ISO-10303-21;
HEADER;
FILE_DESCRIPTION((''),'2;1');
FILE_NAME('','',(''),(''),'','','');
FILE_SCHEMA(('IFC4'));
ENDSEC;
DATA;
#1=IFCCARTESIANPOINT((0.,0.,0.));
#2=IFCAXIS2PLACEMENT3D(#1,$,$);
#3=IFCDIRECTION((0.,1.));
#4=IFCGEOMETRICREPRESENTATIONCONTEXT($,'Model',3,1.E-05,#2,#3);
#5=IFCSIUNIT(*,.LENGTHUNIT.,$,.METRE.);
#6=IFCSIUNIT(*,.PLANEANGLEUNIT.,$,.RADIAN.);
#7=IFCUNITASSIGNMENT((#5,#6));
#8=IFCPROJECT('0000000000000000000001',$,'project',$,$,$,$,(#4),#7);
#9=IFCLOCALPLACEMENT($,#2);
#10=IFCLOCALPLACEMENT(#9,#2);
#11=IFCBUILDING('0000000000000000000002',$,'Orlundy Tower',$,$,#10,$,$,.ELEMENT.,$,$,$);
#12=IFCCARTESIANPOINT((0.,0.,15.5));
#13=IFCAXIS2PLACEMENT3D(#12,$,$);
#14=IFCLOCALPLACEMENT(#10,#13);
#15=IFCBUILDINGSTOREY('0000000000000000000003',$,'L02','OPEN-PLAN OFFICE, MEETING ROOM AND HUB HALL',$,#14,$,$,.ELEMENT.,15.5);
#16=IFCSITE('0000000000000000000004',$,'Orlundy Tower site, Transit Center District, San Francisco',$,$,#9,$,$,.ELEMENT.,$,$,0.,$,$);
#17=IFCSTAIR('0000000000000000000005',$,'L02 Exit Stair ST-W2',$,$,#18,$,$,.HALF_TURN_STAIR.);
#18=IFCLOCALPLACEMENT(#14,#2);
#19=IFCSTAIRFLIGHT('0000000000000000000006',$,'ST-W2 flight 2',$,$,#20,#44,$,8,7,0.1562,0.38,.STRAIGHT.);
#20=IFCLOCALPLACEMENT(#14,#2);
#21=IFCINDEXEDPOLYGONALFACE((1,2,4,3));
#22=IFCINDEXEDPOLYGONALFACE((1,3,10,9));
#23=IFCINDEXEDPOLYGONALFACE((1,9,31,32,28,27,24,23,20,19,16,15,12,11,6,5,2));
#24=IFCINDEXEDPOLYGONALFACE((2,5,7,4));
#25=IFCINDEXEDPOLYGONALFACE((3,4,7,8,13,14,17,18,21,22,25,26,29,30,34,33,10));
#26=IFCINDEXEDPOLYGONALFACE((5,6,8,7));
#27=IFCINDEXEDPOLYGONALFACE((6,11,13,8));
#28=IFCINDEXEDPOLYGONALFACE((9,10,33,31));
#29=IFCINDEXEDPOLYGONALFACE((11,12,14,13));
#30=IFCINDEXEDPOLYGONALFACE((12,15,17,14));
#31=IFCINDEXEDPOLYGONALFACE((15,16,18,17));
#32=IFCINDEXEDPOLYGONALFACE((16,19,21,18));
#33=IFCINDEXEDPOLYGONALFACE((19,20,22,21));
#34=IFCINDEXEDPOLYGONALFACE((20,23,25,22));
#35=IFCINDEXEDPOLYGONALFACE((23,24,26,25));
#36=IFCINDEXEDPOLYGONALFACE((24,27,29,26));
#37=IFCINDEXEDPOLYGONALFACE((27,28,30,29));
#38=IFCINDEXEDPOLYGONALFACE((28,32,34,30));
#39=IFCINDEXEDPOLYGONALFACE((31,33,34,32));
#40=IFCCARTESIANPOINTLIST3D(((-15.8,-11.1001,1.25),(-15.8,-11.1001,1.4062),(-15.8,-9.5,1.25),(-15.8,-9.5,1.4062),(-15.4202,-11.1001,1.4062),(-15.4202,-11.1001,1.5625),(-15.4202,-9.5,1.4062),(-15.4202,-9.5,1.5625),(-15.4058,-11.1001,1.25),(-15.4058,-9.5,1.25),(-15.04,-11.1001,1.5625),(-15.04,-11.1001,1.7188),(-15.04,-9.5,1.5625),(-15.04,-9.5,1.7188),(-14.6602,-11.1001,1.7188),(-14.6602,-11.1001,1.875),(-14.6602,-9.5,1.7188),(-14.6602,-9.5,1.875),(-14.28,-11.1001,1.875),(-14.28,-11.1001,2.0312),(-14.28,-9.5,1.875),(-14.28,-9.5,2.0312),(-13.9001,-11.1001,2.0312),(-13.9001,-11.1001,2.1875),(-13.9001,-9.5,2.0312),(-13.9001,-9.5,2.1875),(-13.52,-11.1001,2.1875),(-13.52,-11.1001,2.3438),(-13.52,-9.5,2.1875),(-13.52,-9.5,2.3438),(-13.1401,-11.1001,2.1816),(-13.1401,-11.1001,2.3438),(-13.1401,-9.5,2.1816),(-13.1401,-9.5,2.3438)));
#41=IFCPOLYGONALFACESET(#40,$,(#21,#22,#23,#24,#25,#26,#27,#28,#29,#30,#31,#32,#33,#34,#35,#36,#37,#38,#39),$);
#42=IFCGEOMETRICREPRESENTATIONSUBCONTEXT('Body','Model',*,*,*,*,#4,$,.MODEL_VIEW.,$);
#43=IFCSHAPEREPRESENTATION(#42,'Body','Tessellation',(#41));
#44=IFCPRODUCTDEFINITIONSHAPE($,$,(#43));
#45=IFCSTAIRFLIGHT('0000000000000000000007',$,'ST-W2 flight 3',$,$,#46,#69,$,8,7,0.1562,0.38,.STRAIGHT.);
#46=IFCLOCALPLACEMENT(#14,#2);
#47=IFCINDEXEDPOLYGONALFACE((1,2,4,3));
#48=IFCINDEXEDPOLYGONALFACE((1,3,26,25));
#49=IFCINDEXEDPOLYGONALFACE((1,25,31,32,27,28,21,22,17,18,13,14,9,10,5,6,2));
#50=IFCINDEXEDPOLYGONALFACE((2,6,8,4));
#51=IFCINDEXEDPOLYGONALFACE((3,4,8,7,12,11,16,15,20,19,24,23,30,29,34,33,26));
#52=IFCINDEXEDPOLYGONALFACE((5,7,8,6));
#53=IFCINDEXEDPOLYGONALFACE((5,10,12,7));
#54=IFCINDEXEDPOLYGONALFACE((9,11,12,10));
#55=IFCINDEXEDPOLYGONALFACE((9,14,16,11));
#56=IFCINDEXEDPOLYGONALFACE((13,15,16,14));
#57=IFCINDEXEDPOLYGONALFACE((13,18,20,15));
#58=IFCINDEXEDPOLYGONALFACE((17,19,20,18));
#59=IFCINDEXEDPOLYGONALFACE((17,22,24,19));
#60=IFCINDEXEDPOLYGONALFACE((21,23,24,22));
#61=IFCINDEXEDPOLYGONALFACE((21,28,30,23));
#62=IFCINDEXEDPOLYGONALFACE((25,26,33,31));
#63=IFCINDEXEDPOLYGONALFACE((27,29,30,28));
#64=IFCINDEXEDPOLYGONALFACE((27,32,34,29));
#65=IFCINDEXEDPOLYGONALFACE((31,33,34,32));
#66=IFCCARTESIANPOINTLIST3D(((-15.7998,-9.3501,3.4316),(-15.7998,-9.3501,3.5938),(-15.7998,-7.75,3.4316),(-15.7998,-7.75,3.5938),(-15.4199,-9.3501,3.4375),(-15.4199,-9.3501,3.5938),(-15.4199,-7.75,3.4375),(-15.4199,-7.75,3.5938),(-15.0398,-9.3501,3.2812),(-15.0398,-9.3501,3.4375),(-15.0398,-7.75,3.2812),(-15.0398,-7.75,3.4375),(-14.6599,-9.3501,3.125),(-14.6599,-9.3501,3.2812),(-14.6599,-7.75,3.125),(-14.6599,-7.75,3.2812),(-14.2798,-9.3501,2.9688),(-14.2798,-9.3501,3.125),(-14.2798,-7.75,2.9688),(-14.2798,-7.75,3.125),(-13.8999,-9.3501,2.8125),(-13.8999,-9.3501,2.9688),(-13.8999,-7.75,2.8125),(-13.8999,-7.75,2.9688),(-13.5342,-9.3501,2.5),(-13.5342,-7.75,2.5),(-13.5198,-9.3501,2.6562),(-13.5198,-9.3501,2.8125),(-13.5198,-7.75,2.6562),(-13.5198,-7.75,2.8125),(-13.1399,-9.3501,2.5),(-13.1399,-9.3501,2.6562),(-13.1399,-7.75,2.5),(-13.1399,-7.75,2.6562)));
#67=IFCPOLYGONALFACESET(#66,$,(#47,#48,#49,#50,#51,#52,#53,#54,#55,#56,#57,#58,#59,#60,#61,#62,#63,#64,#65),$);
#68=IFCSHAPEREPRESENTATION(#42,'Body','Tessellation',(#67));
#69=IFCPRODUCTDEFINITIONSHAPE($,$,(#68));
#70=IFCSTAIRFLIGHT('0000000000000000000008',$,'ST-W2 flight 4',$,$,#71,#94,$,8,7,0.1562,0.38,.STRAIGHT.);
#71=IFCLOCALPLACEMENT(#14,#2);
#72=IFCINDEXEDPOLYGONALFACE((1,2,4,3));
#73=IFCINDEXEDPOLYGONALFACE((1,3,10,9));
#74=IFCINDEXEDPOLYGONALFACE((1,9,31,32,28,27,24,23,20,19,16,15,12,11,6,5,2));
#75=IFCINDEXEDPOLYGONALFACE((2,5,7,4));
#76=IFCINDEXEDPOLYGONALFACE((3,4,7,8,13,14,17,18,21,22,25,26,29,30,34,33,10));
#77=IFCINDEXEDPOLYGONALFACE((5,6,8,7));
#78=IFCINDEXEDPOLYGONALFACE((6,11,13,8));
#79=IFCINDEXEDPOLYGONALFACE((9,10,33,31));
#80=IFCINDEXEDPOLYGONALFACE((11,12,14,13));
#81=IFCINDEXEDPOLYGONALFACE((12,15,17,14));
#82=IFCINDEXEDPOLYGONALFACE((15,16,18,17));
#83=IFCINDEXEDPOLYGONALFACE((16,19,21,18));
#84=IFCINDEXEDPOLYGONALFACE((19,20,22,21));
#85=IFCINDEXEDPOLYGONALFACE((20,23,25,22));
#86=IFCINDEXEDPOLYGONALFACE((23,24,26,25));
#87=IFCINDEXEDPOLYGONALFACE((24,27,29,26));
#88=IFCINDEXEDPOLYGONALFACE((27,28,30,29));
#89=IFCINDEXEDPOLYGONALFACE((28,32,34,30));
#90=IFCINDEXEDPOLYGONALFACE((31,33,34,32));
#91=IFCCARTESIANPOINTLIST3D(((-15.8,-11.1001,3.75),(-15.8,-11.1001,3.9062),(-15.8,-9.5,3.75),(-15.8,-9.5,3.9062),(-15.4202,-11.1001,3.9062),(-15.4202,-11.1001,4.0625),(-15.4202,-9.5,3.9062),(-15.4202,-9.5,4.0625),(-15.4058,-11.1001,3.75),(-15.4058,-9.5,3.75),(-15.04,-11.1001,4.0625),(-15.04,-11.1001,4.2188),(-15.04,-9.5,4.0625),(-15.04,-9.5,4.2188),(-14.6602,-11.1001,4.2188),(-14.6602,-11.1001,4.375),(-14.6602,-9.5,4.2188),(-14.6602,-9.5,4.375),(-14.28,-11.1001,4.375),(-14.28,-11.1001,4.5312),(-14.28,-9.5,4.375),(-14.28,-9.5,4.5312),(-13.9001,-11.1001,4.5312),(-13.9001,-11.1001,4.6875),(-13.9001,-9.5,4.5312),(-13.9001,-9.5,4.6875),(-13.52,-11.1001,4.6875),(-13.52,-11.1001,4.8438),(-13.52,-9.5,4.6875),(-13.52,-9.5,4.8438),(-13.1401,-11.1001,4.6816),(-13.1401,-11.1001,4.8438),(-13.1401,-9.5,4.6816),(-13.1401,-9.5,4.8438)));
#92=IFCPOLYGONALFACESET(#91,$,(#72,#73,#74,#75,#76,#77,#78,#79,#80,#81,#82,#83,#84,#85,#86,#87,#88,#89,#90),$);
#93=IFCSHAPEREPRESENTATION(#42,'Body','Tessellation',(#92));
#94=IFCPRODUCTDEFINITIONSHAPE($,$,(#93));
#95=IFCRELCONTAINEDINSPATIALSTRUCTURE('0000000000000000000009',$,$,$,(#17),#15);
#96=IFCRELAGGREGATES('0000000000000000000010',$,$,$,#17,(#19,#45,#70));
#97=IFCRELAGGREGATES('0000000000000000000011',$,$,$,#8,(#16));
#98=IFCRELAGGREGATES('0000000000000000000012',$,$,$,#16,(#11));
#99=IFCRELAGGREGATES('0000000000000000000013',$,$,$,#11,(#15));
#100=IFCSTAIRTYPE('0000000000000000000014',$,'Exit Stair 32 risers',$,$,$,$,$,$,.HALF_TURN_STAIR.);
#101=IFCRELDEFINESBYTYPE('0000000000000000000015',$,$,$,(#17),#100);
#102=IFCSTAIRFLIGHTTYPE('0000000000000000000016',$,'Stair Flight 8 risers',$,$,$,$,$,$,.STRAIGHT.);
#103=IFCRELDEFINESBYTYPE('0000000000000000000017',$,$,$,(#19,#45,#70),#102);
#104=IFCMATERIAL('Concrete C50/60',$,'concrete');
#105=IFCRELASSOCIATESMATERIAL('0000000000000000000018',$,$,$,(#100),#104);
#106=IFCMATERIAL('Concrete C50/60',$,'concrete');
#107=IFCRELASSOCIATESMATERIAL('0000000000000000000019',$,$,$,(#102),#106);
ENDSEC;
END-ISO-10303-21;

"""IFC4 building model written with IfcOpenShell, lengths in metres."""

from ifc_helpers import new_model, si_unit, direction, frame, origin, place, context, subcontext, project, spatial, polyline, outline, extrude, material, type_object, element, aggregate, save


model = new_model("IFC4")

# Units and contexts
model_context = context("Model", 3, precision=1e-05, world=origin(), true_north=direction((0.0, 1.0)))
body_context = subcontext(model_context, "Body", "Model", "MODEL_VIEW")
ifc_project = project(units=[si_unit("LENGTHUNIT", "METRE"), si_unit("PLANEANGLEUNIT", "RADIAN")], contexts=[model_context])

# Site, building, storey
site_placement = place(None, origin())
site = spatial("IfcSite", under=ifc_project, at=site_placement, Name="Orlundy Tower site, Transit Center District, San Francisco", CompositionType="ELEMENT", RefElevation=0.0)
building_placement = place(site_placement, origin())
building = spatial("IfcBuilding", under=site, at=building_placement, Name="Orlundy Tower", CompositionType="ELEMENT")
storey_placement = place(building_placement, frame((0.0, 0.0, 15.5)))
storey = spatial("IfcBuildingStorey", under=building, at=storey_placement, Name="L02", Description="OPEN-PLAN OFFICE, MEETING ROOM AND HUB HALL", CompositionType="ELEMENT", Elevation=15.5)

# Stair, stair flights
ifc_material_1 = material(Name="Concrete C50/60", Category="concrete")
stair_type = type_object("IfcStairType", Name="Exit Stair 32 risers", PredefinedType="HALF_TURN_STAIR", material=ifc_material_1)
stair_placement = place(storey_placement, origin())
stair = element("IfcStair", 1, at=stair_placement, inside=storey, type_object=stair_type, Name="L02 Exit Stair ST-W2", PredefinedType="HALF_TURN_STAIR")
ifc_material_2 = material(Name="Concrete C50/60", Category="concrete")
stair_flight_type = type_object("IfcStairFlightType", Name="Stair Flight 8 risers", PredefinedType="STRAIGHT", material=ifc_material_2)
stair_flight_1_placement = place(storey_placement, frame((-15.8, -10.3, 1.25), z_axis=(0.0, 0.0, 1.0), x_axis=(1.0, 0.0, 0.0)))
stair_flight_1 = element("IfcStairFlight", 2, at=stair_flight_1_placement, type_object=stair_flight_type, Name="ST-W2 flight 2", NumberOfRisers=8, NumberOfTreads=7, PredefinedType="STRAIGHT", RiserHeight=0.1562, TreadLength=0.38, context=body_context, shape_type="SweptSolid", body=[
    extrude(outline(polyline([(0.0, 0.0), (0.0, 0.1562), (0.3799, 0.1562), (0.3799, 0.3125), (0.76, 0.3125), (0.76, 0.4688), (1.1399, 0.4688), (1.1399, 0.625), (1.52, 0.625), (1.52, 0.7812), (1.8999, 0.7812), (1.8999, 0.9375), (2.28, 0.9375), (2.28, 1.0938), (2.6599, 1.0938), (2.6599, 1.25), (2.6599, 0.9316), (0.3943, 0.0), (0.0, 0.0)])), frame((0.0, 0.8, 0.0), z_axis=(0.0, -1.0, 0.0), x_axis=(1.0, 0.0, 0.0)), (0.0, 0.0, 1.0), 1.6001),
])
stair_flight_2_placement = place(storey_placement, frame((-13.1399, -8.55, 2.5), z_axis=(0.0, 0.0, 1.0), x_axis=(-1.0, 0.0, 0.0)))
stair_flight_2 = element("IfcStairFlight", 3, at=stair_flight_2_placement, type_object=stair_flight_type, Name="ST-W2 flight 3", NumberOfRisers=8, NumberOfTreads=7, PredefinedType="STRAIGHT", RiserHeight=0.1562, TreadLength=0.38, context=body_context, shape_type="SweptSolid", body=[
    extrude(outline(polyline([(0.0, 0.0), (0.0, 0.1562), (0.3799, 0.1562), (0.3799, 0.3125), (0.76, 0.3125), (0.76, 0.4688), (1.1399, 0.4688), (1.1399, 0.625), (1.52, 0.625), (1.52, 0.7812), (1.8999, 0.7812), (1.8999, 0.9375), (2.28, 0.9375), (2.28, 1.0938), (2.6599, 1.0938), (2.6599, 1.25), (2.6599, 0.9316), (0.3943, 0.0), (0.0, 0.0)])), frame((0.0, 0.8, 0.0), z_axis=(0.0, -1.0, 0.0), x_axis=(1.0, 0.0, 0.0)), (0.0, 0.0, 1.0), 1.6001),
])
stair_flight_3_placement = place(storey_placement, frame((-15.8, -10.3, 3.75), z_axis=(0.0, 0.0, 1.0), x_axis=(1.0, 0.0, 0.0)))
stair_flight_3 = element("IfcStairFlight", 4, at=stair_flight_3_placement, type_object=stair_flight_type, Name="ST-W2 flight 4", NumberOfRisers=8, NumberOfTreads=7, PredefinedType="STRAIGHT", RiserHeight=0.1562, TreadLength=0.38, context=body_context, shape_type="SweptSolid", body=[
    extrude(outline(polyline([(0.0, 0.0), (0.0, 0.1562), (0.3799, 0.1562), (0.3799, 0.3125), (0.76, 0.3125), (0.76, 0.4688), (1.1399, 0.4688), (1.1399, 0.625), (1.52, 0.625), (1.52, 0.7812), (1.8999, 0.7812), (1.8999, 0.9375), (2.28, 0.9375), (2.28, 1.0938), (2.6599, 1.0938), (2.6599, 1.25), (2.6599, 0.9316), (0.3943, 0.0), (0.0, 0.0)])), frame((0.0, 0.8, 0.0), z_axis=(0.0, -1.0, 0.0), x_axis=(1.0, 0.0, 0.0)), (0.0, 0.0, 1.0), 1.6001),
])
aggregate(stair, [stair_flight_1, stair_flight_2, stair_flight_3])

save(model, "model.ifc")
